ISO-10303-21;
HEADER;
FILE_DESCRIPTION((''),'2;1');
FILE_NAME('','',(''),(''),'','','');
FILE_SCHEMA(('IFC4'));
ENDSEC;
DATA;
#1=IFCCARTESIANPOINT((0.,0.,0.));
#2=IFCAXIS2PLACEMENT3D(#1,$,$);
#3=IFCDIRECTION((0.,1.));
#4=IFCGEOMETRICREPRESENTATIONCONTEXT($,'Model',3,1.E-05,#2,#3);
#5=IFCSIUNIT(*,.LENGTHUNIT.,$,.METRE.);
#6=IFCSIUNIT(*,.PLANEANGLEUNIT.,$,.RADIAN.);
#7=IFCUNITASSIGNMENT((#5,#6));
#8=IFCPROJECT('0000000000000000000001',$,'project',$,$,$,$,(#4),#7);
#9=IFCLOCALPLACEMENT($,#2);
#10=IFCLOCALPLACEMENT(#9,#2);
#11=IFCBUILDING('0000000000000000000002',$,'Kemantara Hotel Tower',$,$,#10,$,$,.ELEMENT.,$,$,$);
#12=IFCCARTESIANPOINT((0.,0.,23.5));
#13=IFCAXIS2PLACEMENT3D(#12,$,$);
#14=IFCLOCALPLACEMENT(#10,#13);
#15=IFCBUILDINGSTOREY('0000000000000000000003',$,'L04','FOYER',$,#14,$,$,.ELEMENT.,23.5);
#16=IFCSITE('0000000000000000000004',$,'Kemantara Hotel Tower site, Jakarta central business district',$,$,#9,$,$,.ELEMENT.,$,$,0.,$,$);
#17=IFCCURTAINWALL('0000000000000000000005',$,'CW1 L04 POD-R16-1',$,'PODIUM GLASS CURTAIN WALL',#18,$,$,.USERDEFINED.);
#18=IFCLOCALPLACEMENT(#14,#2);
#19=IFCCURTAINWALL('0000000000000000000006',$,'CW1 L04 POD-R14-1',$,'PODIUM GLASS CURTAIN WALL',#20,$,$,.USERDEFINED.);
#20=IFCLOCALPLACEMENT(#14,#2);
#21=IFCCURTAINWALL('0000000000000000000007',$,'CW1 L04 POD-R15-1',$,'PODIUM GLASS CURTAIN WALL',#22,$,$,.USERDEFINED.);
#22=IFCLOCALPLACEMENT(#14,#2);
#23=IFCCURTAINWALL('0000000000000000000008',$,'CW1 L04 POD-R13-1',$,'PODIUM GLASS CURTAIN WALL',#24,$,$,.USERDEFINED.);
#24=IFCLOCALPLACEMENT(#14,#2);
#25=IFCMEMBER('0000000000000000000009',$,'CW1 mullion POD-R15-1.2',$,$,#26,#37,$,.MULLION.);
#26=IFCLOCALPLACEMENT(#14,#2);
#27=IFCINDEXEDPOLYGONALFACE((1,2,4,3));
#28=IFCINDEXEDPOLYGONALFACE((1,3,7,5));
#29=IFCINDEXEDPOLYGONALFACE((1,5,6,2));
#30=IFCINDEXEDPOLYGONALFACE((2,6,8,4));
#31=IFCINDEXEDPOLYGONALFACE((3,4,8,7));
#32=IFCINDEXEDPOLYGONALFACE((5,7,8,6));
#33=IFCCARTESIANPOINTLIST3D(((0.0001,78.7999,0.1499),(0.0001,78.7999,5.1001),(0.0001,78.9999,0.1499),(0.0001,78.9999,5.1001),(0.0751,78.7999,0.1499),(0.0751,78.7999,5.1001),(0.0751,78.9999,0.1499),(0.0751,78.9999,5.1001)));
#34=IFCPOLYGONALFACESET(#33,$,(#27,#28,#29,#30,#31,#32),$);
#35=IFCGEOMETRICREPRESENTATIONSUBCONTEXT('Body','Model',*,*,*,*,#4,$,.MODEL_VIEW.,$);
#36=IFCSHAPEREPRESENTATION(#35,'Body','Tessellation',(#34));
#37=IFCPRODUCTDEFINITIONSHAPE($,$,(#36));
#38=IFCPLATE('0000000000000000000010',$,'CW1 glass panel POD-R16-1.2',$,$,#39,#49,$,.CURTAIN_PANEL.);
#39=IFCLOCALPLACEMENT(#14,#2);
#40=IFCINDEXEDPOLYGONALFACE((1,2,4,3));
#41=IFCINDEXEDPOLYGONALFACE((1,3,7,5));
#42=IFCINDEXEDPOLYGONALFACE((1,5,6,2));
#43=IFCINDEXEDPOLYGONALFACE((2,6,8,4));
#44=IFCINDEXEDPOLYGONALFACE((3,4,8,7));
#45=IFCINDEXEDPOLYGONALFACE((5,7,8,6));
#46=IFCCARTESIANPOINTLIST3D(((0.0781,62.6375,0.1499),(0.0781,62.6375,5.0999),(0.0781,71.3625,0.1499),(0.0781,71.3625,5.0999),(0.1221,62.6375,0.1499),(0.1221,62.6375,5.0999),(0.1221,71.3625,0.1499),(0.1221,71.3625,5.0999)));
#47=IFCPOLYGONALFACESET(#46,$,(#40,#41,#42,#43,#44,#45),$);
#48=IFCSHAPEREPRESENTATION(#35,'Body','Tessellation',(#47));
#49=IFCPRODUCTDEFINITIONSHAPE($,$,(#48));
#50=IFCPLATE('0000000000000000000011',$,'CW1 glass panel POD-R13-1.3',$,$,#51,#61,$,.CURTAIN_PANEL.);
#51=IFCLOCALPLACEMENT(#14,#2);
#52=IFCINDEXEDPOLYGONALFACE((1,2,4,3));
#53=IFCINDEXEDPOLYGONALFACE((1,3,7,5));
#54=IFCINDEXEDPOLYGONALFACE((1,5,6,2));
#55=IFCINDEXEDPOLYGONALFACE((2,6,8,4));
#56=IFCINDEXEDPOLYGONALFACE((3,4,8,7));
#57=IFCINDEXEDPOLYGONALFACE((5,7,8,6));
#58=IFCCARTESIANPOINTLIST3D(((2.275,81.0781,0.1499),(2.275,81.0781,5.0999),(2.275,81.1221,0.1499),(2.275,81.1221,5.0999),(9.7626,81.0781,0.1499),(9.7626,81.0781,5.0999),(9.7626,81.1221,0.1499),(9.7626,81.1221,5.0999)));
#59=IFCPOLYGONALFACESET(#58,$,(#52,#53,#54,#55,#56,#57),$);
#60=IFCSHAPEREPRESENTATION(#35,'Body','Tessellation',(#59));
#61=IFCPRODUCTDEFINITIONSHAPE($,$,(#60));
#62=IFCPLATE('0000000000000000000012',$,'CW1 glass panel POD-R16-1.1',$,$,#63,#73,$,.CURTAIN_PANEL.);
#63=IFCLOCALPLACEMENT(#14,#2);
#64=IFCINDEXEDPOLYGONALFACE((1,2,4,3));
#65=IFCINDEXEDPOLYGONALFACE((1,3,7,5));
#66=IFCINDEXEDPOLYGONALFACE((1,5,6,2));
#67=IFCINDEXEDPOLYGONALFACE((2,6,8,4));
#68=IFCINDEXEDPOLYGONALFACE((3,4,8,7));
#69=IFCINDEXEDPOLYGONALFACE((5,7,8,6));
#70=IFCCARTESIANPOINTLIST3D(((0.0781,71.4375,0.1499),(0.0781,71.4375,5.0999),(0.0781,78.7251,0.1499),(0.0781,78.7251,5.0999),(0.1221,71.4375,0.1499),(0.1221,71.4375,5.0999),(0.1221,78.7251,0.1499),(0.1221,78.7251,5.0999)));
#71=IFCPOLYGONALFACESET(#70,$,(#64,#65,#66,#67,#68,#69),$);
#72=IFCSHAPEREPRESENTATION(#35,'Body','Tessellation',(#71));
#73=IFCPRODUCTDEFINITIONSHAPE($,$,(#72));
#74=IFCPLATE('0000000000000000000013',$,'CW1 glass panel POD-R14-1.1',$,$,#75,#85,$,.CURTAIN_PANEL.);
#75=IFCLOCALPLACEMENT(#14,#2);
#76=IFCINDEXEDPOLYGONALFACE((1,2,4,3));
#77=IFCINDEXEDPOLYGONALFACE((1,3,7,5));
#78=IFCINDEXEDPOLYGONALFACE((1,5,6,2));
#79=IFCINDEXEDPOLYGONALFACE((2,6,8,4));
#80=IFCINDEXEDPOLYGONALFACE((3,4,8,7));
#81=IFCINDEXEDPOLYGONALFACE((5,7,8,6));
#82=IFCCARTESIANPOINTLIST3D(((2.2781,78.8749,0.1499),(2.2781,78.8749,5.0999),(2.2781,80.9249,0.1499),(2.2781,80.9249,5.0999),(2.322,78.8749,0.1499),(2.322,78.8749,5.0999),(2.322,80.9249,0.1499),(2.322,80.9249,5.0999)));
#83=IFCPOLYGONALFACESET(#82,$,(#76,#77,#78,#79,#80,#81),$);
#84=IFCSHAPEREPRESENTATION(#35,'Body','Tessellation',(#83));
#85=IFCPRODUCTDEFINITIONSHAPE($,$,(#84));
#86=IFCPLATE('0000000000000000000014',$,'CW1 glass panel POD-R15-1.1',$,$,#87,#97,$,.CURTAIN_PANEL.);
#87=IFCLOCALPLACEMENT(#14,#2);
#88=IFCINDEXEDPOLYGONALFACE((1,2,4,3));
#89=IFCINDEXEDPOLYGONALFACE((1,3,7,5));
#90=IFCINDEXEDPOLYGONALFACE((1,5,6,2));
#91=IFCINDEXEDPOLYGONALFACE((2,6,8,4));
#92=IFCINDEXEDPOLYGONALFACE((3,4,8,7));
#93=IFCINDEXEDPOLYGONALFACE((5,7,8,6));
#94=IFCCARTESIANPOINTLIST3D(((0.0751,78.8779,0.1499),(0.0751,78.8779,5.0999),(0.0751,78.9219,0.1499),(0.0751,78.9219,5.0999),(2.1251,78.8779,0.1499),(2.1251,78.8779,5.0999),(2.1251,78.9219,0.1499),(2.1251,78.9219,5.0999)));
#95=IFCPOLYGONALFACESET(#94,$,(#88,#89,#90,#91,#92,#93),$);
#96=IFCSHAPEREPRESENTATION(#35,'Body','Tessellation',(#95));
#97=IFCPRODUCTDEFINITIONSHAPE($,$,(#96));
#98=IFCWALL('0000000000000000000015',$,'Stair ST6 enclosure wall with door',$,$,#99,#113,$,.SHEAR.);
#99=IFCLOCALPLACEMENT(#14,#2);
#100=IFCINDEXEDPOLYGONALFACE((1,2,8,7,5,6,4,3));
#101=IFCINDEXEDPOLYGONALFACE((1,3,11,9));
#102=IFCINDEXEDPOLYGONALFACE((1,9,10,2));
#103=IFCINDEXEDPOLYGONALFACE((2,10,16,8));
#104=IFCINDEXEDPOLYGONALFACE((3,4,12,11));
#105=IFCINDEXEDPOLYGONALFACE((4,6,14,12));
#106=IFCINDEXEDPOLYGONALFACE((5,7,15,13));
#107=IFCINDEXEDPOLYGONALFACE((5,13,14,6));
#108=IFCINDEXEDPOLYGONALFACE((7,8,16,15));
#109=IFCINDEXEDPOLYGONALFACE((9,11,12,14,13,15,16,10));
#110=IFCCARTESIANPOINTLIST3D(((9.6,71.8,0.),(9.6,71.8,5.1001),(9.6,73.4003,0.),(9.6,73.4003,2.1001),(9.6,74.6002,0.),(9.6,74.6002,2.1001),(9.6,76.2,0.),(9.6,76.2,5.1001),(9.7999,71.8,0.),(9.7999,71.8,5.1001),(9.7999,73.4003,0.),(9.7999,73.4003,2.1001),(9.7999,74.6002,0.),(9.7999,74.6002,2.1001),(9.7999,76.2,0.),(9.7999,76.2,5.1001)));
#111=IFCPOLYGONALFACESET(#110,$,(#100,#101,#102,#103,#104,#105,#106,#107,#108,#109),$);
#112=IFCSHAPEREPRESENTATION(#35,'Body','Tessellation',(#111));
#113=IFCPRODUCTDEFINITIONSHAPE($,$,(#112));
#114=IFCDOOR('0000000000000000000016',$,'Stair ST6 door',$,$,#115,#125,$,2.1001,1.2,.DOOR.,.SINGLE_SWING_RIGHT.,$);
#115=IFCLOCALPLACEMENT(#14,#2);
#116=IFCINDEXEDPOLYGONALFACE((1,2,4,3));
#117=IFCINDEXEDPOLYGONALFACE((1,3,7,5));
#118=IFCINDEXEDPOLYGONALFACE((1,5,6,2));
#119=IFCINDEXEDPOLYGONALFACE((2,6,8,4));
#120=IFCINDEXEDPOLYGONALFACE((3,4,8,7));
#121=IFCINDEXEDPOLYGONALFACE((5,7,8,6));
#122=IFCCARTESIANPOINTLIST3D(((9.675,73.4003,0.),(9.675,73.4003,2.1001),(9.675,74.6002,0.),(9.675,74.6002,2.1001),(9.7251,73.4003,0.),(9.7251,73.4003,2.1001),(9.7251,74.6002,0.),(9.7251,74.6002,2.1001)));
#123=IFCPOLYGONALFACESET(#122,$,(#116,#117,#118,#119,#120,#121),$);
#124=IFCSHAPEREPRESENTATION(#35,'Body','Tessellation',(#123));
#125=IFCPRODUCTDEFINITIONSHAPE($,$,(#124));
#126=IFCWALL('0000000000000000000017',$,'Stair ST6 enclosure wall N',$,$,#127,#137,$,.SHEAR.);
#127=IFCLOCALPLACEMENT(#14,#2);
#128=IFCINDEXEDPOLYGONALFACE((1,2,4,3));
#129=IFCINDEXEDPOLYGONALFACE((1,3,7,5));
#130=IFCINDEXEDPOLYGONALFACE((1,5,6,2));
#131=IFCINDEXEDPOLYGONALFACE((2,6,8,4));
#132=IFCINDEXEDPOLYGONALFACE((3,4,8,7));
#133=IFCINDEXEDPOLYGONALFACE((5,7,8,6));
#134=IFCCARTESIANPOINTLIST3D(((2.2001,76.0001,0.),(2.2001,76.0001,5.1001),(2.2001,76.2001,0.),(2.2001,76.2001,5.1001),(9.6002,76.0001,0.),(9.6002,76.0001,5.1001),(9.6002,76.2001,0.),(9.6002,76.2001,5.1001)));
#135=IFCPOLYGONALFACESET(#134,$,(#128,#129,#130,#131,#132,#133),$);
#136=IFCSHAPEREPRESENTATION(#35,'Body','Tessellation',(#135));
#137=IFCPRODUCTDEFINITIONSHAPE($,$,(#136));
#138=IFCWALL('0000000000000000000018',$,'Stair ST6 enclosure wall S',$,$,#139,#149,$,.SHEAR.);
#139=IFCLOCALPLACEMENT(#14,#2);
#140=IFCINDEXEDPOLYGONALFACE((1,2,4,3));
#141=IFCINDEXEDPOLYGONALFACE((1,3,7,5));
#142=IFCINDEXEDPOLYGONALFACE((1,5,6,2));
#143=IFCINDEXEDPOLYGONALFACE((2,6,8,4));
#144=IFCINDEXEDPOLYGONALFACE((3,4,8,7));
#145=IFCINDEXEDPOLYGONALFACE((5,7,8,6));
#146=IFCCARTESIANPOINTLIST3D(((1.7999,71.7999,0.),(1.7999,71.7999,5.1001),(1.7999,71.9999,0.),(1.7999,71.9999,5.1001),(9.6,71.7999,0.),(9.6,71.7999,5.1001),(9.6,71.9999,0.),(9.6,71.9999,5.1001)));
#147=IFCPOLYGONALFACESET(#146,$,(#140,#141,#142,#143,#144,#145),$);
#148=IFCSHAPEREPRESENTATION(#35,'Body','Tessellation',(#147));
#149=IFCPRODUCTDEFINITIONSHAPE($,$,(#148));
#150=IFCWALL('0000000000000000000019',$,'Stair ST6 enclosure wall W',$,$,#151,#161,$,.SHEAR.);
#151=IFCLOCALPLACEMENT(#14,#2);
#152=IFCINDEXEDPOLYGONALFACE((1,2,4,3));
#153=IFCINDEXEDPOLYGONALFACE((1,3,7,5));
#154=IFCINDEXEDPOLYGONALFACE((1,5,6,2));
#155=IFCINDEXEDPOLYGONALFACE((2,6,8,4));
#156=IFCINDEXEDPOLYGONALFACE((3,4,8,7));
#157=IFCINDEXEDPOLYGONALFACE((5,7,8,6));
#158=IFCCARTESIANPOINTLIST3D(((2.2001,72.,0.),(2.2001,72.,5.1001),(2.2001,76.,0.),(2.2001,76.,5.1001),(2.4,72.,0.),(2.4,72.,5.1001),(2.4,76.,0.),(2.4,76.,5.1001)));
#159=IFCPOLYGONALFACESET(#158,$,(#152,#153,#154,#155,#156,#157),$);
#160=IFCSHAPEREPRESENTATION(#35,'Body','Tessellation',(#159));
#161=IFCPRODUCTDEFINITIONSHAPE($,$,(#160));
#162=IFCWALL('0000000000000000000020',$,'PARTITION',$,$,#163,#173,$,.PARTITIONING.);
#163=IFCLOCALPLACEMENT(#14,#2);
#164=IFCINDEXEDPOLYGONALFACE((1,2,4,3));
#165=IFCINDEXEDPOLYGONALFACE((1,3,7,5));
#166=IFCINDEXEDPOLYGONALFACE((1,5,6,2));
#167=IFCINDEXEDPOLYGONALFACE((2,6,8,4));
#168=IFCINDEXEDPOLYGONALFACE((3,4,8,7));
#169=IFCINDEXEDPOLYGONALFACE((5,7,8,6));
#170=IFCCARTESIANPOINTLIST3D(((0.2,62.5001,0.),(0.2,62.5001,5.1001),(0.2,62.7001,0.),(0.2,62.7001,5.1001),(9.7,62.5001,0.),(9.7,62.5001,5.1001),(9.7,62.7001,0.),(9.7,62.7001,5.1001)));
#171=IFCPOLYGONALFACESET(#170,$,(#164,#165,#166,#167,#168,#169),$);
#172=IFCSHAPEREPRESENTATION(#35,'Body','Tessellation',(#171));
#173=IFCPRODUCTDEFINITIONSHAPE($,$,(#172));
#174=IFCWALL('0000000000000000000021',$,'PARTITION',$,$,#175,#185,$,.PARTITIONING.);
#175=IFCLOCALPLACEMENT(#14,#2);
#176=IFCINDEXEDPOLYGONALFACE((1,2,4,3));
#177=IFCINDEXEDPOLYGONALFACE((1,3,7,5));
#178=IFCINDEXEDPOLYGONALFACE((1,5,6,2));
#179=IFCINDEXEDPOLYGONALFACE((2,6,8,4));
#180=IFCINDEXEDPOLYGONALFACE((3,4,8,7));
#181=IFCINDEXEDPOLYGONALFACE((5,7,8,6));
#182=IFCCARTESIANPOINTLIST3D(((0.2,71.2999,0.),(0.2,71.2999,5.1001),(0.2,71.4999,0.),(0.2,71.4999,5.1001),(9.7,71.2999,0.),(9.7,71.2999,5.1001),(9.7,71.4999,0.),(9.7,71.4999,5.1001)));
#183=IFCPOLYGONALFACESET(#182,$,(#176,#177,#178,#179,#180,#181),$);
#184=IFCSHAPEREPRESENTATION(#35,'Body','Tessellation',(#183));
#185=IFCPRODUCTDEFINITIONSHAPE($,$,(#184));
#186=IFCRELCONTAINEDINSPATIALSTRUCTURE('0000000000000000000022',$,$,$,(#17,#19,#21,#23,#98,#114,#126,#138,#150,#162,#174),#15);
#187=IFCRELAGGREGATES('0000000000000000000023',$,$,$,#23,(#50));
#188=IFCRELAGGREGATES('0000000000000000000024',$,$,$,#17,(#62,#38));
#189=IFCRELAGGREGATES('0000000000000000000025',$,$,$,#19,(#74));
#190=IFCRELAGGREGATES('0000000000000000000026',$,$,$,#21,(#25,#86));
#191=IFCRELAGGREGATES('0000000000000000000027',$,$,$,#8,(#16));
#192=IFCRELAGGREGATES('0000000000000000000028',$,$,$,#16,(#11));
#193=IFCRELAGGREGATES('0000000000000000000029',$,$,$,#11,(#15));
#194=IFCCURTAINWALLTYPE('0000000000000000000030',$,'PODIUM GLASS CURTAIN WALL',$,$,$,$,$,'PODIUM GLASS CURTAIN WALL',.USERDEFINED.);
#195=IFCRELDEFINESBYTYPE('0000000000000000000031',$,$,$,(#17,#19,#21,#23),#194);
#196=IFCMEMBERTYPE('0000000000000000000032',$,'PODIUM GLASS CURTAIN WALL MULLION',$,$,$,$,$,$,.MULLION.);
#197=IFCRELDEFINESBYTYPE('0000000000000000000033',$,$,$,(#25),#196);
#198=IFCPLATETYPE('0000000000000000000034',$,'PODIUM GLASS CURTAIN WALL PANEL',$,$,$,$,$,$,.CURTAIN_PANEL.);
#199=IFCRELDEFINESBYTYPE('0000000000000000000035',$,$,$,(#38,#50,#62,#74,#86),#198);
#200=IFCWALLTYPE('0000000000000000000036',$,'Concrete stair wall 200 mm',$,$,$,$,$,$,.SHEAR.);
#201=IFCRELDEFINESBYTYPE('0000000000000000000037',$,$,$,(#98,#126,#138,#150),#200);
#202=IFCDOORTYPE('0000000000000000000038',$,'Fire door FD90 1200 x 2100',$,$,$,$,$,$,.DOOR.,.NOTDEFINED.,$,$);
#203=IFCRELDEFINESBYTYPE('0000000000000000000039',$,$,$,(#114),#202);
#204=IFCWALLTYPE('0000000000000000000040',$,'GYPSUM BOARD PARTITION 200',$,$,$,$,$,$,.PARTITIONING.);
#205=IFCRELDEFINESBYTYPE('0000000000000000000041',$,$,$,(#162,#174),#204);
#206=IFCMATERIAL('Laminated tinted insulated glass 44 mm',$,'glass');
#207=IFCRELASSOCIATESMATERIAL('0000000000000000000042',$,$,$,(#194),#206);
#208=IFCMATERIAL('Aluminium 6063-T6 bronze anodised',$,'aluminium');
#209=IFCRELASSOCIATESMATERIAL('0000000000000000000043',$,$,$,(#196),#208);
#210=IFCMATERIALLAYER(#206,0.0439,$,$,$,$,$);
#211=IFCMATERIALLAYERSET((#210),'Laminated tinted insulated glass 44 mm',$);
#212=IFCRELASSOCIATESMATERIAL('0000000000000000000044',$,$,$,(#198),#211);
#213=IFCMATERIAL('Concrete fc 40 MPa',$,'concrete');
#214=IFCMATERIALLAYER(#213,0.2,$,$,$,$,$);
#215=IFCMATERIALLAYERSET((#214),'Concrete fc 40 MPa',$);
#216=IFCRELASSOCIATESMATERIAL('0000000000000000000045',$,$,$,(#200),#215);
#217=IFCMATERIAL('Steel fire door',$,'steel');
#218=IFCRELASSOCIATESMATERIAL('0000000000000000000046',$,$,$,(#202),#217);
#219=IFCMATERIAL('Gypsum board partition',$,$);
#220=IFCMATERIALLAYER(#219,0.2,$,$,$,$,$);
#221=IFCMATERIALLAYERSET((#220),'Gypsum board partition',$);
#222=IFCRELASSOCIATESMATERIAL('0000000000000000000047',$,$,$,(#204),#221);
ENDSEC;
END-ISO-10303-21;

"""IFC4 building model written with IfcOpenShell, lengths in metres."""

from ifc_helpers import new_model, si_unit, direction, frame, frame_2d, origin, origin_2d, place, context, subcontext, project, spatial, rectangle, extrude, source, transform, mapped, material, layer, layer_set, material_profile, profile_set, type_object, element, fill, aggregate, save


model = new_model("IFC4")

# Units and contexts
model_context = context("Model", 3, precision=1e-05, world=origin(), true_north=direction((0.0, 1.0)))
body_context = subcontext(model_context, "Body", "Model", "MODEL_VIEW")
ifc_project = project(units=[si_unit("LENGTHUNIT", "METRE"), si_unit("PLANEANGLEUNIT", "RADIAN")], contexts=[model_context])

# Site, building, storey
site_placement = place(None, origin())
site = spatial("IfcSite", under=ifc_project, at=site_placement, Name="Kemantara Hotel Tower site, Jakarta central business district", CompositionType="ELEMENT", RefElevation=0.0)
building_placement = place(site_placement, origin())
building = spatial("IfcBuilding", under=site, at=building_placement, Name="Kemantara Hotel Tower", CompositionType="ELEMENT")
storey_placement = place(building_placement, frame((0.0, 0.0, 23.5)))
storey = spatial("IfcBuildingStorey", under=building, at=storey_placement, Name="L04", Description="FOYER", CompositionType="ELEMENT", Elevation=23.5)

# Curtain walls
ifc_material_1 = material(Name="Laminated tinted insulated glass 44 mm", Category="glass")
curtain_wall_type = type_object("IfcCurtainWallType", Name="PODIUM GLASS CURTAIN WALL", ElementType="PODIUM GLASS CURTAIN WALL", PredefinedType="USERDEFINED", material=ifc_material_1)
curtain_wall_1_placement = place(storey_placement, origin())
curtain_wall_1 = element("IfcCurtainWall", 1, at=curtain_wall_1_placement, inside=storey, type_object=curtain_wall_type, Name="CW1 L04 POD-R16-1", ObjectType="PODIUM GLASS CURTAIN WALL", PredefinedType="USERDEFINED")
ifc_material_2 = material(Name="Aluminium 6063-T6 bronze anodised", Category="aluminium")
curtain_wall_2_placement = place(storey_placement, origin())
curtain_wall_2 = element("IfcCurtainWall", 2, at=curtain_wall_2_placement, inside=storey, type_object=curtain_wall_type, Name="CW1 L04 POD-R14-1", ObjectType="PODIUM GLASS CURTAIN WALL", PredefinedType="USERDEFINED")
curtain_wall_3_placement = place(storey_placement, origin())
curtain_wall_3 = element("IfcCurtainWall", 3, at=curtain_wall_3_placement, inside=storey, type_object=curtain_wall_type, Name="CW1 L04 POD-R15-1", ObjectType="PODIUM GLASS CURTAIN WALL", PredefinedType="USERDEFINED")
curtain_wall_4_placement = place(storey_placement, origin())
curtain_wall_4 = element("IfcCurtainWall", 4, at=curtain_wall_4_placement, inside=storey, type_object=curtain_wall_type, Name="CW1 L04 POD-R13-1", ObjectType="PODIUM GLASS CURTAIN WALL", PredefinedType="USERDEFINED")
ifc_material_profile_1 = material_profile(ifc_material_2, rectangle(XDim=0.2, YDim=0.075, at=origin_2d()), Name="PODIUM GLASS CURTAIN WALL MULLION")
ifc_profile_set_1 = profile_set([ifc_material_profile_1], Name="Aluminium 6063-T6 bronze anodised")
member_type_1 = type_object("IfcMemberType", Name="PODIUM GLASS CURTAIN WALL MULLION", PredefinedType="MULLION", material=ifc_profile_set_1)
shared_shape_1 = source(origin(), body_context, "Body", "SweptSolid", [
    extrude(rectangle(XDim=0.2, YDim=0.075, at=origin_2d()), origin(), (0.0, 0.0, 1.0), 4.9502),
])

# Member
member_1_placement = place(storey_placement, frame((0.0376, 78.8999, 0.1499), z_axis=(0.0, 0.0, 1.0), x_axis=(0.0, -1.0, 0.0)))
member_1 = element("IfcMember", 5, at=member_1_placement, type_object=member_type_1, Name="CW1 mullion POD-R15-1.2", PredefinedType="MULLION", context=body_context, shape_type="MappedRepresentation", body=[
    mapped(shared_shape_1, transform((0.0, 0.0, 0.0))),
])

# Plates
ifc_layer_1 = layer(ifc_material_1, 0.0439)
ifc_layer_set_1 = layer_set([ifc_layer_1], Name="Laminated tinted insulated glass 44 mm")
plate_type = type_object("IfcPlateType", Name="PODIUM GLASS CURTAIN WALL PANEL", PredefinedType="CURTAIN_PANEL", material=ifc_layer_set_1)
shared_shape_2 = source(origin(), body_context, "Body", "SweptSolid", [
    extrude(rectangle(XDim=8.7251, YDim=0.0439, at=origin_2d()), origin(), (0.0, 0.0, 1.0), 4.95),
])
plate_1_placement = place(storey_placement, frame((0.1001, 67.0, 0.1499), z_axis=(0.0, 0.0, 1.0), x_axis=(0.0, -1.0, 0.0)))
plate_1 = element("IfcPlate", 6, at=plate_1_placement, type_object=plate_type, Name="CW1 glass panel POD-R16-1.2", PredefinedType="CURTAIN_PANEL", context=body_context, shape_type="MappedRepresentation", body=[
    mapped(shared_shape_2, transform((0.0, 0.0, 0.0))),
])
shared_shape_3 = source(origin(), body_context, "Body", "SweptSolid", [
    extrude(rectangle(XDim=7.4875, YDim=0.0439, at=origin_2d()), origin(), (0.0, 0.0, 1.0), 4.95),
])
plate_2_placement = place(storey_placement, frame((6.0188, 81.1001, 0.1499), z_axis=(0.0, 0.0, 1.0), x_axis=(-1.0, 0.0, 0.0)))
plate_2 = element("IfcPlate", 7, at=plate_2_placement, type_object=plate_type, Name="CW1 glass panel POD-R13-1.3", PredefinedType="CURTAIN_PANEL", context=body_context, shape_type="MappedRepresentation", body=[
    mapped(shared_shape_3, transform((0.0, 0.0, 0.0))),
])
aggregate(curtain_wall_4, [plate_2])
shared_shape_4 = source(origin(), body_context, "Body", "SweptSolid", [
    extrude(rectangle(XDim=7.2876, YDim=0.0439, at=origin_2d()), origin(), (0.0, 0.0, 1.0), 4.95),
])
plate_3_placement = place(storey_placement, frame((0.1001, 75.0813, 0.1499), z_axis=(0.0, 0.0, 1.0), x_axis=(0.0, -1.0, 0.0)))
plate_3 = element("IfcPlate", 8, at=plate_3_placement, type_object=plate_type, Name="CW1 glass panel POD-R16-1.1", PredefinedType="CURTAIN_PANEL", context=body_context, shape_type="MappedRepresentation", body=[
    mapped(shared_shape_4, transform((0.0, 0.0, 0.0))),
])
aggregate(curtain_wall_1, [plate_3, plate_1])
shared_shape_5 = source(origin(), body_context, "Body", "SweptSolid", [
    extrude(rectangle(XDim=2.05, YDim=0.0439, at=origin_2d()), origin(), (0.0, 0.0, 1.0), 4.95),
])
plate_4_placement = place(storey_placement, frame((2.3, 79.8999, 0.1499), z_axis=(0.0, 0.0, 1.0), x_axis=(0.0, -1.0, 0.0)))
plate_4 = element("IfcPlate", 9, at=plate_4_placement, type_object=plate_type, Name="CW1 glass panel POD-R14-1.1", PredefinedType="CURTAIN_PANEL", context=body_context, shape_type="MappedRepresentation", body=[
    mapped(shared_shape_5, transform((0.0, 0.0, 0.0))),
])
aggregate(curtain_wall_2, [plate_4])
plate_5_placement = place(storey_placement, frame((1.1001, 78.8999, 0.1499), z_axis=(0.0, 0.0, 1.0), x_axis=(-1.0, 0.0, 0.0)))
plate_5 = element("IfcPlate", 10, at=plate_5_placement, type_object=plate_type, Name="CW1 glass panel POD-R15-1.1", PredefinedType="CURTAIN_PANEL", context=body_context, shape_type="MappedRepresentation", body=[
    mapped(shared_shape_5, transform((0.0, 0.0, 0.0))),
])
aggregate(curtain_wall_3, [member_1, plate_5])

# Wall, opening, door
ifc_material_3 = material(Name="Concrete fc 40 MPa", Category="concrete")
ifc_layer_2 = layer(ifc_material_3, 0.2)
ifc_layer_set_2 = layer_set([ifc_layer_2], Name="Concrete fc 40 MPa")
wall_type_1 = type_object("IfcWallType", Name="Concrete stair wall 200 mm", PredefinedType="SHEAR", material=ifc_layer_set_2)
wall_1_placement = place(storey_placement, frame((9.7, 71.8, 0.0), z_axis=(0.0, 0.0, 1.0), x_axis=(0.0, 1.0, 0.0)))
wall_1 = element("IfcWall", 11, at=wall_1_placement, inside=storey, type_object=wall_type_1, Name="Stair ST6 enclosure wall with door", PredefinedType="SHEAR", context=body_context, shape_type="SweptSolid", body=[
    extrude(rectangle(XDim=4.3999, YDim=0.2, at=frame_2d((2.2, 0.0))), origin(), (0.0, 0.0, 1.0), 5.1001),
])
opening_placement = place(wall_1_placement, frame((1.6001, 0.0, 0.0)))
opening = element("IfcOpeningElement", 12, at=opening_placement, cuts=wall_1, PredefinedType="OPENING", context=body_context, shape_type="SweptSolid", body=[
    extrude(rectangle(XDim=1.2, YDim=2.1001, at=frame_2d((0.6001, 1.05))), frame((0.0, 0.1099, 0.0), z_axis=(0.0, -1.0, 0.0), x_axis=(1.0, 0.0, 0.0)), (0.0, 0.0, 1.0), 0.22),
])
ifc_material_4 = material(Name="Steel fire door", Category="steel")
door_type = type_object("IfcDoorType", Name="Fire door FD90 1200 x 2100", OperationType="NOTDEFINED", PredefinedType="DOOR", material=ifc_material_4)
door_placement = place(opening_placement, origin())
door = element("IfcDoor", 13, at=door_placement, inside=storey, type_object=door_type, Name="Stair ST6 door", OperationType="SINGLE_SWING_RIGHT", OverallHeight=2.1001, OverallWidth=1.2, PredefinedType="DOOR", context=body_context, shape_type="SweptSolid", body=[
    extrude(rectangle(XDim=1.2, YDim=2.1001, at=frame_2d((0.6001, 1.05))), frame((0.0, 0.0249, 0.0), z_axis=(0.0, -1.0, 0.0), x_axis=(1.0, 0.0, 0.0)), (0.0, 0.0, 1.0), 0.05),
])
fill(opening, door)

# Walls
wall_2_placement = place(storey_placement, frame((2.2, 76.1001, 0.0), z_axis=(0.0, 0.0, 1.0), x_axis=(1.0, 0.0, 0.0)))
element("IfcWall", 14, at=wall_2_placement, inside=storey, type_object=wall_type_1, Name="Stair ST6 enclosure wall N", PredefinedType="SHEAR", context=body_context, shape_type="SweptSolid", body=[
    extrude(rectangle(XDim=7.4001, YDim=0.2, at=frame_2d((3.7002, 0.0))), origin(), (0.0, 0.0, 1.0), 5.1001),
])
wall_3_placement = place(storey_placement, frame((1.8, 71.8999, 0.0), z_axis=(0.0, 0.0, 1.0), x_axis=(1.0, 0.0, 0.0)))
element("IfcWall", 15, at=wall_3_placement, inside=storey, type_object=wall_type_1, Name="Stair ST6 enclosure wall S", PredefinedType="SHEAR", context=body_context, shape_type="SweptSolid", body=[
    extrude(rectangle(XDim=7.8, YDim=0.2, at=frame_2d((3.8999, 0.0))), origin(), (0.0, 0.0, 1.0), 5.1001),
])
wall_4_placement = place(storey_placement, frame((2.3, 72.0, 0.0), z_axis=(0.0, 0.0, 1.0), x_axis=(0.0, 1.0, 0.0)))
element("IfcWall", 16, at=wall_4_placement, inside=storey, type_object=wall_type_1, Name="Stair ST6 enclosure wall W", PredefinedType="SHEAR", context=body_context, shape_type="SweptSolid", body=[
    extrude(rectangle(XDim=4.0, YDim=0.2, at=frame_2d((2.0, 0.0))), origin(), (0.0, 0.0, 1.0), 5.1001),
])
ifc_material_5 = material(Name="Gypsum board partition")
ifc_layer_3 = layer(ifc_material_5, 0.2)
ifc_layer_set_3 = layer_set([ifc_layer_3], Name="Gypsum board partition")
wall_type_2 = type_object("IfcWallType", Name="GYPSUM BOARD PARTITION 200", PredefinedType="PARTITIONING", material=ifc_layer_set_3)
for number, where, z_axis, x_axis, name in (
    (17, (0.2, 62.6001, 0.0), (0.0, 0.0, 1.0), (1.0, 0.0, 0.0), "PARTITION"),
    (18, (0.2, 71.3999, 0.0), (0.0, 0.0, 1.0), (1.0, 0.0, 0.0), "PARTITION"),
):
    element("IfcWall", number, at=place(storey_placement, frame(where, z_axis=z_axis, x_axis=x_axis)), inside=storey, type_object=wall_type_2, Name=name, PredefinedType="PARTITIONING", context=body_context, shape_type="SweptSolid", body=[
        extrude(rectangle(XDim=9.5, YDim=0.2, at=frame_2d((4.75, 0.0))), origin(), (0.0, 0.0, 1.0), 5.1001),
    ])

save(model, "model.ifc")
